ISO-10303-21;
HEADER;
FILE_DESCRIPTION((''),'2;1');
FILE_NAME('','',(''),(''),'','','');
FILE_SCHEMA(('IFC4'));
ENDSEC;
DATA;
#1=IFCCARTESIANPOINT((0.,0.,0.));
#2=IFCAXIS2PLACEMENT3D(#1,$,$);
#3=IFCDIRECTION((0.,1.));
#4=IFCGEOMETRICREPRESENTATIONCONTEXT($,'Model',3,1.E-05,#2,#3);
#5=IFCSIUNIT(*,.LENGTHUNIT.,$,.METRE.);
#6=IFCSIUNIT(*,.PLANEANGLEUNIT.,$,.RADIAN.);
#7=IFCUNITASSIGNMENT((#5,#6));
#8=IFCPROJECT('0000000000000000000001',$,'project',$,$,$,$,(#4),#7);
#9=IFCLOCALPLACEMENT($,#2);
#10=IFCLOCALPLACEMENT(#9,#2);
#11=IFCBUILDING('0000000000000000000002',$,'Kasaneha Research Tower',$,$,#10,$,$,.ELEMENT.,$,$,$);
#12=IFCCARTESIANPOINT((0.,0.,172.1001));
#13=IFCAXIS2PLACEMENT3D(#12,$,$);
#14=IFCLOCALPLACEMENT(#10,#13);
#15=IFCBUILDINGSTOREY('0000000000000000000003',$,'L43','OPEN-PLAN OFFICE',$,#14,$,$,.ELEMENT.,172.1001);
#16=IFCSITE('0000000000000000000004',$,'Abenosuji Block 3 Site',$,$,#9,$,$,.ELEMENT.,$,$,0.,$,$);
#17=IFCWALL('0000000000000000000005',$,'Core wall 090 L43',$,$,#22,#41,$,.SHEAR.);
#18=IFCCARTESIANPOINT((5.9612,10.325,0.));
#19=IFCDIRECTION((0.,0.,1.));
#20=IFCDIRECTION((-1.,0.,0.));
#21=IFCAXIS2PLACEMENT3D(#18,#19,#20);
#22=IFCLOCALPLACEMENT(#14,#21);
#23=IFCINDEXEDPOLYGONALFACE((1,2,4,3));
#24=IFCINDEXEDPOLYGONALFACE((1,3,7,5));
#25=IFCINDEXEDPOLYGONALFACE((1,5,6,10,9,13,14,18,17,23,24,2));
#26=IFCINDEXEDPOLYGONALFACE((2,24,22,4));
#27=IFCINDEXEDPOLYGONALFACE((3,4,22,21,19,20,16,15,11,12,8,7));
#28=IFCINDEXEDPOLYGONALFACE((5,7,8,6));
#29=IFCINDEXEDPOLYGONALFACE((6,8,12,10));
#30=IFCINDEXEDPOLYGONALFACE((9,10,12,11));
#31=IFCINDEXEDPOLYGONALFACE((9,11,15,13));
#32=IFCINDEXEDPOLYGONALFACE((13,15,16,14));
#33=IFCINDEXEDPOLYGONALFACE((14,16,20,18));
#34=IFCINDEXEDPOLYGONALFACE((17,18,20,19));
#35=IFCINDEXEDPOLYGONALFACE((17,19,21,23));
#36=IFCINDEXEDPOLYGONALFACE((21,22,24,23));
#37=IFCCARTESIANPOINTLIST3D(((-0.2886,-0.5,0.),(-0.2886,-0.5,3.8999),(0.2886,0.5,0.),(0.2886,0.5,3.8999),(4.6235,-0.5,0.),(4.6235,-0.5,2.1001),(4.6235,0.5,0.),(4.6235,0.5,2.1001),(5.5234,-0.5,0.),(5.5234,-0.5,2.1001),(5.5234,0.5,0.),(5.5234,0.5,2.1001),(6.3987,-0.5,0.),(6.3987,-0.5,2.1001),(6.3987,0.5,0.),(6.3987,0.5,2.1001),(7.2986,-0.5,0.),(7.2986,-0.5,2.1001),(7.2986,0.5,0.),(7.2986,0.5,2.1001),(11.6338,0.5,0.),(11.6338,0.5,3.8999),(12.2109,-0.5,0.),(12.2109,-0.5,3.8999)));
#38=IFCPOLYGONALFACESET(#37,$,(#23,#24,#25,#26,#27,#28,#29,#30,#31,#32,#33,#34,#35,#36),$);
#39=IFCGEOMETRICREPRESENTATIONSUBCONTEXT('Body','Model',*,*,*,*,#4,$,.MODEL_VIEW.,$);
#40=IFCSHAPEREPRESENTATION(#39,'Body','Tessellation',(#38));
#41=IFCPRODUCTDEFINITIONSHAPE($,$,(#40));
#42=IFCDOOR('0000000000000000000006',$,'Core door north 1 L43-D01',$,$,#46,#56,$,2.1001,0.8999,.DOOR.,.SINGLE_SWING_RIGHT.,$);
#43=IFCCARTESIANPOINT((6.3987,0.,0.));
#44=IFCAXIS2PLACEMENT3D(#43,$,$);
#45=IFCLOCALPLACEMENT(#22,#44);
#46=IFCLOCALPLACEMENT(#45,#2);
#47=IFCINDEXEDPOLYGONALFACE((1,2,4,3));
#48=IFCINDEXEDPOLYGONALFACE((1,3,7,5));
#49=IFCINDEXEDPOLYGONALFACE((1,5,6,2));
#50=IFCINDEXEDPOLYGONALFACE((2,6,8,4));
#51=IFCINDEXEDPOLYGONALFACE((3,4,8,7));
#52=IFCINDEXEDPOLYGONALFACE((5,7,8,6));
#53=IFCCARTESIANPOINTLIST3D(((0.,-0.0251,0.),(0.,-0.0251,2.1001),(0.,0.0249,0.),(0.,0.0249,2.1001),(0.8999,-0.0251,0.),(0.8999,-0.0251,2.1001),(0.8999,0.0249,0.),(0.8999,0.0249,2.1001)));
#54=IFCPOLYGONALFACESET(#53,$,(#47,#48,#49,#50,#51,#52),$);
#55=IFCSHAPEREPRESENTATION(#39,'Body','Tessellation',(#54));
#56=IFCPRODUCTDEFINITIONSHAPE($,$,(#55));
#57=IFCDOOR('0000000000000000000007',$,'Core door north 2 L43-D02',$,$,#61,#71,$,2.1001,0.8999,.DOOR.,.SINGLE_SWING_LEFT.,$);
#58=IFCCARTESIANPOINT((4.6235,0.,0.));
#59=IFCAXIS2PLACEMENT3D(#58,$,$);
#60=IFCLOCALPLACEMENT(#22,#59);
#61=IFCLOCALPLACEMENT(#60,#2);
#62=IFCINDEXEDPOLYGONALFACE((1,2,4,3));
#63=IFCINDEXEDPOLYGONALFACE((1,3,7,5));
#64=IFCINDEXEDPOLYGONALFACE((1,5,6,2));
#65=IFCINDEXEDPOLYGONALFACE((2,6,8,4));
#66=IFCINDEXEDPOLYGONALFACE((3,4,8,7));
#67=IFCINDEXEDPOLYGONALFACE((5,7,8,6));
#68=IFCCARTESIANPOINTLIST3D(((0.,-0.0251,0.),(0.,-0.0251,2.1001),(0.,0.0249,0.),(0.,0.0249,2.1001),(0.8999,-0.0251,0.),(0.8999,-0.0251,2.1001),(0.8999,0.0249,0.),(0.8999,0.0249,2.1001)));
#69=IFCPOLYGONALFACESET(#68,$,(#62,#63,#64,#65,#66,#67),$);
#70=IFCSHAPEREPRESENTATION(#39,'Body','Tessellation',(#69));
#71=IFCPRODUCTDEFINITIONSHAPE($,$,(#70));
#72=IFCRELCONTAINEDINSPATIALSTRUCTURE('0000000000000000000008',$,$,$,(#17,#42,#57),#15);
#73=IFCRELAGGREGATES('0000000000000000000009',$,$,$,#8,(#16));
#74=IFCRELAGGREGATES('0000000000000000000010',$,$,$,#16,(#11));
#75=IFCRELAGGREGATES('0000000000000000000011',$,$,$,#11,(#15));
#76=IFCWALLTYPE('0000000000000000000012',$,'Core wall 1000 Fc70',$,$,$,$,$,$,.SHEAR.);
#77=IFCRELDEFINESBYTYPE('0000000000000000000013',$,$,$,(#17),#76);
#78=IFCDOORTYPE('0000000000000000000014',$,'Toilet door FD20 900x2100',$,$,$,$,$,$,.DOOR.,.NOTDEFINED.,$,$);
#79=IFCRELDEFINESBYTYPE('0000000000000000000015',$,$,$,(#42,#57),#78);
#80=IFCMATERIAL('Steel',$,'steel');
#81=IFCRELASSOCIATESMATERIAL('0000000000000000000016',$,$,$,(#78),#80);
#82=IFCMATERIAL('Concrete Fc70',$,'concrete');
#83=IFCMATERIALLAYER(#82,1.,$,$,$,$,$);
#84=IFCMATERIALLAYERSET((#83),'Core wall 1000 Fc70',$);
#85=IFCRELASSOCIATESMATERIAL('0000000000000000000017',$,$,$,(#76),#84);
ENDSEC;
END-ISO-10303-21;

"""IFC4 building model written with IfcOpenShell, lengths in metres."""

from ifc_helpers import new_model, si_unit, direction, frame, frame_2d, origin, place, context, subcontext, project, spatial, polyline, rectangle, outline, extrude, material, layer, layer_set, type_object, element, fill, save


model = new_model("IFC4")

# Units and contexts
model_context = context("Model", 3, precision=1e-05, world=origin(), true_north=direction((0.0, 1.0)))
body_context = subcontext(model_context, "Body", "Model", "MODEL_VIEW")
ifc_project = project(units=[si_unit("LENGTHUNIT", "METRE"), si_unit("PLANEANGLEUNIT", "RADIAN")], contexts=[model_context])

# Site, building, storey
site_placement = place(None, origin())
site = spatial("IfcSite", under=ifc_project, at=site_placement, Name="Abenosuji Block 3 Site", CompositionType="ELEMENT", RefElevation=0.0)
building_placement = place(site_placement, origin())
building = spatial("IfcBuilding", under=site, at=building_placement, Name="Kasaneha Research Tower", CompositionType="ELEMENT")
storey_placement = place(building_placement, frame((0.0, 0.0, 172.1001)))
storey = spatial("IfcBuildingStorey", under=building, at=storey_placement, Name="L43", Description="OPEN-PLAN OFFICE", CompositionType="ELEMENT", Elevation=172.1001)

# Shared definitions
ifc_material_1 = material(Name="Steel", Category="steel")
door_type_1 = type_object("IfcDoorType", Name="Toilet door FD20 900x2100", OperationType="NOTDEFINED", PredefinedType="DOOR", material=ifc_material_1)

# Wall, openings, doors
ifc_material_2 = material(Name="Concrete Fc70", Category="concrete")
ifc_layer_1 = layer(ifc_material_2, 1.0)
ifc_layer_set_1 = layer_set([ifc_layer_1], Name="Core wall 1000 Fc70")
wall_type_1 = type_object("IfcWallType", Name="Core wall 1000 Fc70", PredefinedType="SHEAR", material=ifc_layer_set_1)
wall_1_placement = place(storey_placement, frame((5.9612, 10.325, 0.0), z_axis=(0.0, 0.0, 1.0), x_axis=(-1.0, 0.0, 0.0)))
wall_1 = element("IfcWall", 1, at=wall_1_placement, inside=storey, type_object=wall_type_1, Name="Core wall 090 L43", PredefinedType="SHEAR", context=body_context, shape_type="SweptSolid", body=[
    extrude(outline(polyline([(-0.2886, -0.5), (4.6235, -0.5), (5.5234, -0.5), (6.3987, -0.5), (7.2986, -0.5), (12.2109, -0.5), (11.6338, 0.5), (7.2986, 0.5), (6.3987, 0.5), (5.5234, 0.5), (4.6235, 0.5), (0.2886, 0.5), (-0.2886, -0.5)])), origin(), (0.0, 0.0, 1.0), 3.8999),
])
opening_1_placement = place(wall_1_placement, frame((6.3987, 0.0, 0.0)))
opening_1 = element("IfcOpeningElement", 2, at=opening_1_placement, cuts=wall_1, PredefinedType="OPENING", context=body_context, shape_type="SweptSolid", body=[
    extrude(rectangle(XDim=0.8999, YDim=2.1001, at=frame_2d((0.45, 1.05))), frame((0.0, 0.51, 0.0), z_axis=(0.0, -1.0, 0.0), x_axis=(1.0, 0.0, 0.0)), (0.0, 0.0, 1.0), 1.02),
])
opening_2_placement = place(wall_1_placement, frame((4.6235, 0.0, 0.0)))
opening_2 = element("IfcOpeningElement", 3, at=opening_2_placement, cuts=wall_1, PredefinedType="OPENING", context=body_context, shape_type="SweptSolid", body=[
    extrude(rectangle(XDim=0.8999, YDim=2.1001, at=frame_2d((0.45, 1.05))), frame((0.0, 0.51, 0.0), z_axis=(0.0, -1.0, 0.0), x_axis=(1.0, 0.0, 0.0)), (0.0, 0.0, 1.0), 1.02),
])
door_1_placement = place(opening_1_placement, origin())
door_1 = element("IfcDoor", 4, at=door_1_placement, inside=storey, type_object=door_type_1, Name="Core door north 1 L43-D01", OperationType="SINGLE_SWING_RIGHT", OverallHeight=2.1001, OverallWidth=0.8999, PredefinedType="DOOR", context=body_context, shape_type="SweptSolid", body=[
    extrude(rectangle(XDim=0.8999, YDim=2.1001, at=frame_2d((0.45, 1.05))), frame((0.0, 0.0249, 0.0), z_axis=(0.0, -1.0, 0.0), x_axis=(1.0, 0.0, 0.0)), (0.0, 0.0, 1.0), 0.05),
])
fill(opening_1, door_1)
door_2_placement = place(opening_2_placement, origin())
door_2 = element("IfcDoor", 5, at=door_2_placement, inside=storey, type_object=door_type_1, Name="Core door north 2 L43-D02", OperationType="SINGLE_SWING_LEFT", OverallHeight=2.1001, OverallWidth=0.8999, PredefinedType="DOOR", context=body_context, shape_type="SweptSolid", body=[
    extrude(rectangle(XDim=0.8999, YDim=2.1001, at=frame_2d((0.45, 1.05))), frame((0.0, 0.0249, 0.0), z_axis=(0.0, -1.0, 0.0), x_axis=(1.0, 0.0, 0.0)), (0.0, 0.0, 1.0), 0.05),
])
fill(opening_2, door_2)

save(model, "model.ifc")
